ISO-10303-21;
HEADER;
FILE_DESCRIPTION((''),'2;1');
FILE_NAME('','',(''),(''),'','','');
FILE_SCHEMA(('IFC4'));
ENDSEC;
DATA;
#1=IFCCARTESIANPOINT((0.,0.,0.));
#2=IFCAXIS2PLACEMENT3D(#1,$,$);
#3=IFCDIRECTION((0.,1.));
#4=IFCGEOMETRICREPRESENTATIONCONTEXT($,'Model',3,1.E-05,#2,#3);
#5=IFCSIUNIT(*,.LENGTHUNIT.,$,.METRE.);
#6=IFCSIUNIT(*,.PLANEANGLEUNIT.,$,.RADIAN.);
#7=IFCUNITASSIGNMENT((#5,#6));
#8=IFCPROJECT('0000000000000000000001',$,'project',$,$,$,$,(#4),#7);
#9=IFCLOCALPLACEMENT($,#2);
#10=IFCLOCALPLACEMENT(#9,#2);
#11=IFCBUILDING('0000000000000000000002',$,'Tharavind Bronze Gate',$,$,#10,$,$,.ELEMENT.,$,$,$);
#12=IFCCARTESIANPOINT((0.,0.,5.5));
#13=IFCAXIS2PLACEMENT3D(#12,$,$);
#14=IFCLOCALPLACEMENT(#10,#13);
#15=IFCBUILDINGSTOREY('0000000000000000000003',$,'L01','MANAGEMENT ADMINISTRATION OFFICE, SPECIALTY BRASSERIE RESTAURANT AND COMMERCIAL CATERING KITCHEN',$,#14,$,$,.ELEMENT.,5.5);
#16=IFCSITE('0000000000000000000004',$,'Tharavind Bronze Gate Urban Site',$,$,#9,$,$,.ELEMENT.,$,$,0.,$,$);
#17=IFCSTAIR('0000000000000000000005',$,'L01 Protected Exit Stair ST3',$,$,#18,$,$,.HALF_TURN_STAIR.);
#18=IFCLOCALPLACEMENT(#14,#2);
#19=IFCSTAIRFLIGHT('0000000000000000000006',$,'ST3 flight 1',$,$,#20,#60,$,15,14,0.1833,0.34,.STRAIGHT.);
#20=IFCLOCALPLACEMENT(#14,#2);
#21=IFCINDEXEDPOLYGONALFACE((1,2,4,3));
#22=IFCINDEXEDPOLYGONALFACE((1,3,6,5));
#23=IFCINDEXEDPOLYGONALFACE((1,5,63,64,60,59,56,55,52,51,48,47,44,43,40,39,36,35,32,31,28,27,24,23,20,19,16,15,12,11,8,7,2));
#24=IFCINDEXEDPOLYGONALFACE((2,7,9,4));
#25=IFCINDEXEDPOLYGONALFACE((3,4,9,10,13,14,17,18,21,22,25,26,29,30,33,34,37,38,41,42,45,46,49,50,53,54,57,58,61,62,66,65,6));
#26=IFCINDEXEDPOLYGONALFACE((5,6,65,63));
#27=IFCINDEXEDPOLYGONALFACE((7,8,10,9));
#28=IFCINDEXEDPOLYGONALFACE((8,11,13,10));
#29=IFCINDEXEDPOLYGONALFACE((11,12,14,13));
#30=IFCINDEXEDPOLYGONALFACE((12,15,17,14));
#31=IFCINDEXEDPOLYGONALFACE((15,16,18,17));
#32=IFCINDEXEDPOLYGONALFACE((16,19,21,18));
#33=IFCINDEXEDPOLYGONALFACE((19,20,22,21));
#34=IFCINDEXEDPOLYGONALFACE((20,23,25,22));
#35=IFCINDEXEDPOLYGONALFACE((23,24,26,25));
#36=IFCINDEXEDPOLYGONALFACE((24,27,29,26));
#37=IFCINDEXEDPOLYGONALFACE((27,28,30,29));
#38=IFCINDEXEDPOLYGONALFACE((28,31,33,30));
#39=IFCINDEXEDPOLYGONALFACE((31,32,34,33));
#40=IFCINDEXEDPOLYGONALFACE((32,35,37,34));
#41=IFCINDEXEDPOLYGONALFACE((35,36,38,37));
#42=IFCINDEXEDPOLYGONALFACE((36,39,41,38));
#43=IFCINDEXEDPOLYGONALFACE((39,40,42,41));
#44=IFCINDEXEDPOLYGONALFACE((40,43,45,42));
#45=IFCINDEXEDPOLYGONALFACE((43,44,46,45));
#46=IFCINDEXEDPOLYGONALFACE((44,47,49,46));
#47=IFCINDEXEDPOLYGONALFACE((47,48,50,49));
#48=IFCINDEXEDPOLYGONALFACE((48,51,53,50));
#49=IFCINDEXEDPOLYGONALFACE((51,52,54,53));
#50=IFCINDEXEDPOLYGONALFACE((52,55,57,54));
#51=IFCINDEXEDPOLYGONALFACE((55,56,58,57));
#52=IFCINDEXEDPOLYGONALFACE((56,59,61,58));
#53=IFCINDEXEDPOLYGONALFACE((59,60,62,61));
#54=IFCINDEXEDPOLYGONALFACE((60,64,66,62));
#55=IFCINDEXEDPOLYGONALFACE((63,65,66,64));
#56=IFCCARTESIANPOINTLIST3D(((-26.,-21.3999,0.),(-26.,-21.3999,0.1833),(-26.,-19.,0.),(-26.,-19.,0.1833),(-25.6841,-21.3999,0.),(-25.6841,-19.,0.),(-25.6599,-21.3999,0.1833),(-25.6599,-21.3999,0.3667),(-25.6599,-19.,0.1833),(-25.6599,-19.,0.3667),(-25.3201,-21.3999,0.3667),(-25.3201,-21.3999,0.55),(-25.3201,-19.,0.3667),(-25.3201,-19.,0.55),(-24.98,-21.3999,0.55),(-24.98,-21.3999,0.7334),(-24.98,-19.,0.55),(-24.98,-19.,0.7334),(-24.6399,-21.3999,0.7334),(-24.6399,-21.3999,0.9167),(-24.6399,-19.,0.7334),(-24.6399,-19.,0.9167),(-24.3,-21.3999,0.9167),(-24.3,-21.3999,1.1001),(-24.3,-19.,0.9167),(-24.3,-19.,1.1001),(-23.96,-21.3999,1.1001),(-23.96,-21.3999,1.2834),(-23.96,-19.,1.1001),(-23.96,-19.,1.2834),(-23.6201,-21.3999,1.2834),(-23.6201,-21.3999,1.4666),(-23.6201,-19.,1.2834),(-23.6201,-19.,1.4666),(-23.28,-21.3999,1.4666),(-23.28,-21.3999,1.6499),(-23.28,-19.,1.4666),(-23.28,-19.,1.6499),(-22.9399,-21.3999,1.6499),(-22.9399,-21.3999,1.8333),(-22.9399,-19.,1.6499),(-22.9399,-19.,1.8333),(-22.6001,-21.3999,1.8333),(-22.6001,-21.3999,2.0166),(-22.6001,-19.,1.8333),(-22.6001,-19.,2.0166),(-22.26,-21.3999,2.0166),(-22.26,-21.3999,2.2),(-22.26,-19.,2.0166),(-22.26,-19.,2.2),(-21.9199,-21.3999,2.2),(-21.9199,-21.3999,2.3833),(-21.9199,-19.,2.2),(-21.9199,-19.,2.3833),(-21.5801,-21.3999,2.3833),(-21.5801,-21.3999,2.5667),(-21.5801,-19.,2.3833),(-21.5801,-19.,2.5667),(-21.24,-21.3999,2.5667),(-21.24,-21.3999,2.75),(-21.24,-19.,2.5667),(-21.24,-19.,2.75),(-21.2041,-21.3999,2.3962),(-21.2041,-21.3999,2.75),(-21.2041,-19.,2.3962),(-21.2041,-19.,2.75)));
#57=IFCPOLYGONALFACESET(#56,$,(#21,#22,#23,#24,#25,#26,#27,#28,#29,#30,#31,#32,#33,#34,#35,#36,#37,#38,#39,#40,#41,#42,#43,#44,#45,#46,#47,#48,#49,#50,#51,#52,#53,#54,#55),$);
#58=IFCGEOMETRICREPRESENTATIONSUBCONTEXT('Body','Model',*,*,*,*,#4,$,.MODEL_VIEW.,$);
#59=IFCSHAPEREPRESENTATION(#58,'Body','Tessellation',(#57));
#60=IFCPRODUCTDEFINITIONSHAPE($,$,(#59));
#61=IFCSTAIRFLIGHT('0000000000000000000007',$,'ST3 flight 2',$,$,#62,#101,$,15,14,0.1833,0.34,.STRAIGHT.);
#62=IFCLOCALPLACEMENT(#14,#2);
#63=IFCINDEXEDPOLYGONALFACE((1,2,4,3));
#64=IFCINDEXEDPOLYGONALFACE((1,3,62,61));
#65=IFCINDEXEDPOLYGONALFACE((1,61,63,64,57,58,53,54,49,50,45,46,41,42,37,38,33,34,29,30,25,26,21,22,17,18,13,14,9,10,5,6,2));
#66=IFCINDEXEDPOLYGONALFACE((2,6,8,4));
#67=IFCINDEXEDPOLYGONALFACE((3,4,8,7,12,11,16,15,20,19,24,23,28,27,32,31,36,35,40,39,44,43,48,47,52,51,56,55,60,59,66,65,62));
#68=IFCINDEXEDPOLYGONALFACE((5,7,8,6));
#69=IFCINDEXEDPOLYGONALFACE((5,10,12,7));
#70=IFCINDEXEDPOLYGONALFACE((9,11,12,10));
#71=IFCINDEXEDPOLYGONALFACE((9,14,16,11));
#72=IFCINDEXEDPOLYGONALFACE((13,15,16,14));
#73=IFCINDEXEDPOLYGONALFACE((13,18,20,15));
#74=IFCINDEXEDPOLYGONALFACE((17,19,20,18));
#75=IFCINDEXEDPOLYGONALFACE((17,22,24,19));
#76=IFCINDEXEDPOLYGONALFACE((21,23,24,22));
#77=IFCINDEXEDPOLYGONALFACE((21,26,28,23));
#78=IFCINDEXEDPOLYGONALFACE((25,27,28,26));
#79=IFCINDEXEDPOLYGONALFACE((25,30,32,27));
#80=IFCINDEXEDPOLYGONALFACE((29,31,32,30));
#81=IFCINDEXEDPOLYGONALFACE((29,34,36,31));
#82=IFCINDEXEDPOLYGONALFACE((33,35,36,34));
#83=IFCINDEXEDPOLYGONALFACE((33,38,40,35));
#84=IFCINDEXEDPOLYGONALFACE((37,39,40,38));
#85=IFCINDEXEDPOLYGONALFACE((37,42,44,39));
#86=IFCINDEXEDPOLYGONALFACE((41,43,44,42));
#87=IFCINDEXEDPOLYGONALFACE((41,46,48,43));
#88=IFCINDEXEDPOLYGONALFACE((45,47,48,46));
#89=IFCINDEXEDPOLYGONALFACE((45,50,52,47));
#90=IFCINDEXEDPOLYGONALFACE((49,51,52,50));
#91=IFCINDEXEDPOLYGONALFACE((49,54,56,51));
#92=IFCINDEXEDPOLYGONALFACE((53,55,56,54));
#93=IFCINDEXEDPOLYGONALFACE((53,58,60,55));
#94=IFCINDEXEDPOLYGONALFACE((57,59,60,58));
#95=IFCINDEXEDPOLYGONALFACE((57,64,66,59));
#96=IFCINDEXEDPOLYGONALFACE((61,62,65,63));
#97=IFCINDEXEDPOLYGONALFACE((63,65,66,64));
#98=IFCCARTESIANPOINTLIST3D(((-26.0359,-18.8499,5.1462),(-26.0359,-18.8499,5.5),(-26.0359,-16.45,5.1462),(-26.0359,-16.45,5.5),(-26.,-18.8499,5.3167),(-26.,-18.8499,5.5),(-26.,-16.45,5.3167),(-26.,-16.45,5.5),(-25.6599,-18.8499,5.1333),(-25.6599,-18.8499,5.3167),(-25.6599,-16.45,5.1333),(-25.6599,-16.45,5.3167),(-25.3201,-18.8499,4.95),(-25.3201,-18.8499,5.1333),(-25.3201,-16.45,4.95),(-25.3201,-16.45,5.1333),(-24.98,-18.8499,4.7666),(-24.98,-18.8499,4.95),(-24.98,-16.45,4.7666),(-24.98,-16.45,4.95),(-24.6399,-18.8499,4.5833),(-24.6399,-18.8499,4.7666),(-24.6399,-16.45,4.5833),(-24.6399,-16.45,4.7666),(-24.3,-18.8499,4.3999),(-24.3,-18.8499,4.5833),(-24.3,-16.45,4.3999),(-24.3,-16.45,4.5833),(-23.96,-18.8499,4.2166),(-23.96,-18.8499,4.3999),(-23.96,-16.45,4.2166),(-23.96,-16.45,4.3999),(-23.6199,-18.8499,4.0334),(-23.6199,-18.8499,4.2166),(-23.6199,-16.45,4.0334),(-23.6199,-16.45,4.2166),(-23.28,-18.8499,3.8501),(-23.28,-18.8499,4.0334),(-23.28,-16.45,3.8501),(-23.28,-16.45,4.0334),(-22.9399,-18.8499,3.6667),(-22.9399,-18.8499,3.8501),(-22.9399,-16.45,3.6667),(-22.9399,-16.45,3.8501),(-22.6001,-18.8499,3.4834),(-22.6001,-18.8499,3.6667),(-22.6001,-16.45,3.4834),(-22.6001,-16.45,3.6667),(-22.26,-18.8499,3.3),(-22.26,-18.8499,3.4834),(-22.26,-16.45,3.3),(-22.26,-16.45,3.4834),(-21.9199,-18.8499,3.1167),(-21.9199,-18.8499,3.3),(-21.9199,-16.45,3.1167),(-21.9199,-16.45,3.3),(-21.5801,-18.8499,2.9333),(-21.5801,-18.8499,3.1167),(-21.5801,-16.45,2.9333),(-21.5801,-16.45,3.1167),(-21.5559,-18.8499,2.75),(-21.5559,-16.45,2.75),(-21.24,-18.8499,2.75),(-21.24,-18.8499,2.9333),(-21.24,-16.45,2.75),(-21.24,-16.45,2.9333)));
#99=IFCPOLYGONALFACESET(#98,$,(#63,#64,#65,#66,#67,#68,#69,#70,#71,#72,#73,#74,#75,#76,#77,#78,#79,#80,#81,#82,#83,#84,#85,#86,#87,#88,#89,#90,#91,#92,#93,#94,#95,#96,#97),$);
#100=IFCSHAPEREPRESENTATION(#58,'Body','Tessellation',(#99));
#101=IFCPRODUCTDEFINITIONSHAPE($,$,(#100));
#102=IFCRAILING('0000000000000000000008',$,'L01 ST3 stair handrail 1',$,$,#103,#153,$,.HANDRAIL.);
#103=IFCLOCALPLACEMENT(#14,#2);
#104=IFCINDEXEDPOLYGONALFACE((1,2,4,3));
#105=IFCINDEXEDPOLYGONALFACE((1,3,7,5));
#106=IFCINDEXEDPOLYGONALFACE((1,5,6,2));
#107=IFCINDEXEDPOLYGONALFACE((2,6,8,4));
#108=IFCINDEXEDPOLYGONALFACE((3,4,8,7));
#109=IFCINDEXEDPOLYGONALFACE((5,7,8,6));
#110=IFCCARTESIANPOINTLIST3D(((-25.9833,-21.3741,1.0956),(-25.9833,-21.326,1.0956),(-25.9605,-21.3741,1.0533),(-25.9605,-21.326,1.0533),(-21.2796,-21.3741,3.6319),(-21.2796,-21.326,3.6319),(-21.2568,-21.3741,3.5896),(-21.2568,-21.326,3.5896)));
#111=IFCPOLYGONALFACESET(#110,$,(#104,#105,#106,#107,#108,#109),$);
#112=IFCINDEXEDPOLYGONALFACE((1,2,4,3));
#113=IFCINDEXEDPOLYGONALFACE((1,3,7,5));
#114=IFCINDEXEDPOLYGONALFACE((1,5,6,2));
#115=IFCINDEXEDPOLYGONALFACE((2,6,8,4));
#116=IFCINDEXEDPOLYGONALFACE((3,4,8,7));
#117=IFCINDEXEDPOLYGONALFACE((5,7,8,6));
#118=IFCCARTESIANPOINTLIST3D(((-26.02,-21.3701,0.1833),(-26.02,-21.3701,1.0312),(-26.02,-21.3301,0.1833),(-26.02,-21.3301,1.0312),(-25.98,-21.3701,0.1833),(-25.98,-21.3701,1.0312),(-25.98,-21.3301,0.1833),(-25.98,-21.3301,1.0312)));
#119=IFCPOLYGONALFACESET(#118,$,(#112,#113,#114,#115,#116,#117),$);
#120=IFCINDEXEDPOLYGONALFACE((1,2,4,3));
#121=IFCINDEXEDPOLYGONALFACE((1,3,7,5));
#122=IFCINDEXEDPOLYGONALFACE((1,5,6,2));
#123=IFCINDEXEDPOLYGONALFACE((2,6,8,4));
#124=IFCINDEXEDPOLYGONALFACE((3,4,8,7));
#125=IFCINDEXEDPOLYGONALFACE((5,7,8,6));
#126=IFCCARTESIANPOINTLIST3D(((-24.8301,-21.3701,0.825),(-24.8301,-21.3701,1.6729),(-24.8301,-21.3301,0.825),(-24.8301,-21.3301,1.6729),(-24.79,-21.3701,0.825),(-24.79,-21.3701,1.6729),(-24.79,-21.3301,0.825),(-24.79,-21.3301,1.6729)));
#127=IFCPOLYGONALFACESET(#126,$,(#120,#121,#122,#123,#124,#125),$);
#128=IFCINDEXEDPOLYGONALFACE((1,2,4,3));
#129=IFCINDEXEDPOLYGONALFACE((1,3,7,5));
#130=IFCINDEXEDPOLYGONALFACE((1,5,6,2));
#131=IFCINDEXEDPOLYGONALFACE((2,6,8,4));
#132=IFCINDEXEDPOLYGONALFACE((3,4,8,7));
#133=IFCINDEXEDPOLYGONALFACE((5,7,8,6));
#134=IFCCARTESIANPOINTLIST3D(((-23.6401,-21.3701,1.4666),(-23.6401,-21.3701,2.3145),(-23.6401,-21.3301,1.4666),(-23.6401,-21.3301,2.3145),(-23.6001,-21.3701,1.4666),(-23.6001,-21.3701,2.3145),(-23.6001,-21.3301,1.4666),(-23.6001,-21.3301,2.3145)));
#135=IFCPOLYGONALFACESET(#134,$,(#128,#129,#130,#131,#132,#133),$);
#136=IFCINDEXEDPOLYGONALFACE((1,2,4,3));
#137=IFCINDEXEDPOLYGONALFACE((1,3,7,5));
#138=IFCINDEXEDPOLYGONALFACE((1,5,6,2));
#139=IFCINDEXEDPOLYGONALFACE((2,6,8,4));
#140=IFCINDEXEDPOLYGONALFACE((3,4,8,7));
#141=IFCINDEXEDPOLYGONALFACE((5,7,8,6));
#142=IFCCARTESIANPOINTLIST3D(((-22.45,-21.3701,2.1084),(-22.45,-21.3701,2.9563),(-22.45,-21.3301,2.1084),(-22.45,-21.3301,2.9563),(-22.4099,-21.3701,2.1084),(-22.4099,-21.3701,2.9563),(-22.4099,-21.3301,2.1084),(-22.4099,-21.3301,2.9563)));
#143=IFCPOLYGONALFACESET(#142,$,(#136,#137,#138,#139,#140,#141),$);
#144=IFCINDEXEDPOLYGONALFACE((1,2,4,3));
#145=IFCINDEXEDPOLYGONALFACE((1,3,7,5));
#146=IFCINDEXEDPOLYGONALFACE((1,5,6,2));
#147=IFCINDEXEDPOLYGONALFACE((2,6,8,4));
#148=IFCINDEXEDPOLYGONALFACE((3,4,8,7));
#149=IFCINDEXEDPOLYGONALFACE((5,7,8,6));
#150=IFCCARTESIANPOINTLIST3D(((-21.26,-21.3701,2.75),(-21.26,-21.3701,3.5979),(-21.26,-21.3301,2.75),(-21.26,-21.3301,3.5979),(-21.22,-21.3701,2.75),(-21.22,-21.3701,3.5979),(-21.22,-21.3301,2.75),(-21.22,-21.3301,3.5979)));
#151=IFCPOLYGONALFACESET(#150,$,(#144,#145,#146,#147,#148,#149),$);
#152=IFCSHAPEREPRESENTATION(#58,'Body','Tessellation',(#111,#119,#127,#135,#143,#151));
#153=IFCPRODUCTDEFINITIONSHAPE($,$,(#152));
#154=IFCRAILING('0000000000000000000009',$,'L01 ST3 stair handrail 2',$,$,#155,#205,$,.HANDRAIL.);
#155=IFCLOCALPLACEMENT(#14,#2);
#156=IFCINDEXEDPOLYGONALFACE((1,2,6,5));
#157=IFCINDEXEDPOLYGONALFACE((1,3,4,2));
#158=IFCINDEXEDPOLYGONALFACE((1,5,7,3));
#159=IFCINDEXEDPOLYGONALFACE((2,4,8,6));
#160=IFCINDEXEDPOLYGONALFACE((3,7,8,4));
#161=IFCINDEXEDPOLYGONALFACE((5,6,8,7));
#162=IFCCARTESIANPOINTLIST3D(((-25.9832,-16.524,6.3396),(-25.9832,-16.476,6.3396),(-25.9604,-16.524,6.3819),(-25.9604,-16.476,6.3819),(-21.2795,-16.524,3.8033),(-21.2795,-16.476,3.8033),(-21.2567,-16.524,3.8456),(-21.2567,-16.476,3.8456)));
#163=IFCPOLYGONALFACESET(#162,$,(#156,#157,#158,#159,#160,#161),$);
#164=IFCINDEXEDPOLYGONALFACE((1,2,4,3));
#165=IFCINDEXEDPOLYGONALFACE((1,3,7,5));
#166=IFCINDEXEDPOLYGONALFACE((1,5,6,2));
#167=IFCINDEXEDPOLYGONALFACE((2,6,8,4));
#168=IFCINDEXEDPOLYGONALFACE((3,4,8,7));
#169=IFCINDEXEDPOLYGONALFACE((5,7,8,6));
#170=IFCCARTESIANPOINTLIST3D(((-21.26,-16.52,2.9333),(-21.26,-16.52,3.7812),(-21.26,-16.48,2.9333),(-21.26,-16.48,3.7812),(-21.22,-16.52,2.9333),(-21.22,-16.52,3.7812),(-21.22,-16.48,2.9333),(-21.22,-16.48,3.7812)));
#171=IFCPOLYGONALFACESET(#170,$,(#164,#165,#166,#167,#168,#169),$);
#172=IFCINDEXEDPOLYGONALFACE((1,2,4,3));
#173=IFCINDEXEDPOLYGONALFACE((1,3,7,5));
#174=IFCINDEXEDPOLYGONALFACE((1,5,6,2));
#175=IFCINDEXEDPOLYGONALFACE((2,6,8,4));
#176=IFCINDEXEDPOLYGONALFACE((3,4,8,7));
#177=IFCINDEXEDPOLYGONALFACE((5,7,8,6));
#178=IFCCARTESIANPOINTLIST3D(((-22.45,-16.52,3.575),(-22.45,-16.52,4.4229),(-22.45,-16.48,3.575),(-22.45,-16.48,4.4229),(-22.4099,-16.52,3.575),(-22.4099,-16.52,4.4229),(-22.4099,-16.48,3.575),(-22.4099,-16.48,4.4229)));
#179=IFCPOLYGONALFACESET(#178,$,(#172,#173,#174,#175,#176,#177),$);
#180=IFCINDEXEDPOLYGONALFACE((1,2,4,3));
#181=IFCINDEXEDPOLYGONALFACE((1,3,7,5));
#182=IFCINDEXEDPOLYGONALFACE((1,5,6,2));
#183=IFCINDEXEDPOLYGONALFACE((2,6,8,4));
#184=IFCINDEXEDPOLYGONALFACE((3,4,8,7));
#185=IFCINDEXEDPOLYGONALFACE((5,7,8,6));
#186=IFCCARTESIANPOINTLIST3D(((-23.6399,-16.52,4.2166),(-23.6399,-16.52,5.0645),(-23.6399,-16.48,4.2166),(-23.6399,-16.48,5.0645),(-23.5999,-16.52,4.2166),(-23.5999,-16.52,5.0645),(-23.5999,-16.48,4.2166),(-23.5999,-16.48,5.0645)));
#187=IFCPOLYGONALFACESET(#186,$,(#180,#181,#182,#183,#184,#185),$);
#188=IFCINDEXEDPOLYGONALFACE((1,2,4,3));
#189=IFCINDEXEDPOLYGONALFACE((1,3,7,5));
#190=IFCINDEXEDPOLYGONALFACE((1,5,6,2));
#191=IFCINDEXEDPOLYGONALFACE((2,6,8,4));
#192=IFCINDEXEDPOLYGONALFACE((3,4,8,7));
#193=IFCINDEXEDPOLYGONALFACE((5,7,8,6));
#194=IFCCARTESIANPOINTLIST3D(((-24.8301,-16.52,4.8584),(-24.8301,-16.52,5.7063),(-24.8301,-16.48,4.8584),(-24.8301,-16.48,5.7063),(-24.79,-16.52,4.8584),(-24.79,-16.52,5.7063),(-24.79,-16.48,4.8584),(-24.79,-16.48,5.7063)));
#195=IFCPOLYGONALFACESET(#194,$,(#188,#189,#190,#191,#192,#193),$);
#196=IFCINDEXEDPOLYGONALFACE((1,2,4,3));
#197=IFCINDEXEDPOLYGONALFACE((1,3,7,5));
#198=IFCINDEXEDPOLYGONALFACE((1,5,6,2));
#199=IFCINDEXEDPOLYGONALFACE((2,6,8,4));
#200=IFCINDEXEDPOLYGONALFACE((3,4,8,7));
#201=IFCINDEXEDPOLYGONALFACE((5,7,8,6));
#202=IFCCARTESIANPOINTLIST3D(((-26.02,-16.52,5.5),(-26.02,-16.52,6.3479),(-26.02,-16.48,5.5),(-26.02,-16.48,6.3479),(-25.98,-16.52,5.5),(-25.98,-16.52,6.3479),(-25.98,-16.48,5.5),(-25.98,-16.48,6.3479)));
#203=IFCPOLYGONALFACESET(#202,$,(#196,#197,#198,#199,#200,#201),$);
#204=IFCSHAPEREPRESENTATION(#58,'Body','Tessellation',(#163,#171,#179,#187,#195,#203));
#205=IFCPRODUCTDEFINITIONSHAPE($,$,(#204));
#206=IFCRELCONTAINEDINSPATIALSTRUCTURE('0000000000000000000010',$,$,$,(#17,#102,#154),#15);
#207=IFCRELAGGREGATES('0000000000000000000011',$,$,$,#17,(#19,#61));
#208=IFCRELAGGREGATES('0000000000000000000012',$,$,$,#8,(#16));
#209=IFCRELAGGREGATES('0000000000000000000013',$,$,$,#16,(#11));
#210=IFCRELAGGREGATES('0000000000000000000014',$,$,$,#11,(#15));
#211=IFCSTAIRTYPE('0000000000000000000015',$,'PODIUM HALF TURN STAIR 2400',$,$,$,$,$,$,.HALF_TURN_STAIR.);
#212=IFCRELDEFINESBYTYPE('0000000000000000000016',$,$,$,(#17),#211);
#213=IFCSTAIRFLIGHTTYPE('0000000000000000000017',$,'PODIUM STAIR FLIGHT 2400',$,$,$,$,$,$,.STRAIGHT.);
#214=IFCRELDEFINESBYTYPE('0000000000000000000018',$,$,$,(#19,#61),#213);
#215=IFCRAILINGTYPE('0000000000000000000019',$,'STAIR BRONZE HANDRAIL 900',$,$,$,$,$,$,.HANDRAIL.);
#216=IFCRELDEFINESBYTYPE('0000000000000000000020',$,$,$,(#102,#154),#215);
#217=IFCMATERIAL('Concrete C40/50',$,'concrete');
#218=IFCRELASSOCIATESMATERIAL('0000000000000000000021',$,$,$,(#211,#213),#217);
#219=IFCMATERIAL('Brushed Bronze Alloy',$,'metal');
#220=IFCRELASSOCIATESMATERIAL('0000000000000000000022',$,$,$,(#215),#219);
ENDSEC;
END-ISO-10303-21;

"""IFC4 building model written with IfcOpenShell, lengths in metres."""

from ifc_helpers import new_model, si_unit, direction, frame, origin, origin_2d, place, context, subcontext, project, spatial, polyline, rectangle, outline, extrude, material, type_object, element, aggregate, save


model = new_model("IFC4")

# Units and contexts
model_context = context("Model", 3, precision=1e-05, world=origin(), true_north=direction((0.0, 1.0)))
body_context = subcontext(model_context, "Body", "Model", "MODEL_VIEW")
ifc_project = project(units=[si_unit("LENGTHUNIT", "METRE"), si_unit("PLANEANGLEUNIT", "RADIAN")], contexts=[model_context])

# Site, building, storey
site_placement = place(None, origin())
site = spatial("IfcSite", under=ifc_project, at=site_placement, Name="Tharavind Bronze Gate Urban Site", CompositionType="ELEMENT", RefElevation=0.0)
building_placement = place(site_placement, origin())
building = spatial("IfcBuilding", under=site, at=building_placement, Name="Tharavind Bronze Gate", CompositionType="ELEMENT")
storey_placement = place(building_placement, frame((0.0, 0.0, 5.5)))
storey = spatial("IfcBuildingStorey", under=building, at=storey_placement, Name="L01", Description="MANAGEMENT ADMINISTRATION OFFICE, SPECIALTY BRASSERIE RESTAURANT AND COMMERCIAL CATERING KITCHEN", CompositionType="ELEMENT", Elevation=5.5)

# Stair, stair flights
ifc_material_1 = material(Name="Concrete C40/50", Category="concrete")
stair_type = type_object("IfcStairType", Name="PODIUM HALF TURN STAIR 2400", PredefinedType="HALF_TURN_STAIR", material=ifc_material_1)
stair_placement = place(storey_placement, origin())
stair = element("IfcStair", 1, at=stair_placement, inside=storey, type_object=stair_type, Name="L01 Protected Exit Stair ST3", PredefinedType="HALF_TURN_STAIR")
stair_flight_type = type_object("IfcStairFlightType", Name="PODIUM STAIR FLIGHT 2400", PredefinedType="STRAIGHT", material=ifc_material_1)
stair_flight_1_placement = place(storey_placement, frame((-26.0, -20.2, 0.0), z_axis=(0.0, 0.0, 1.0), x_axis=(1.0, 0.0, 0.0)))
stair_flight_1 = element("IfcStairFlight", 2, at=stair_flight_1_placement, type_object=stair_flight_type, Name="ST3 flight 1", NumberOfRisers=15, NumberOfTreads=14, PredefinedType="STRAIGHT", RiserHeight=0.1833, TreadLength=0.34, context=body_context, shape_type="SweptSolid", body=[
    extrude(outline(polyline([(0.0, 0.0), (0.0, 0.1833), (0.3401, 0.1833), (0.3401, 0.3667), (0.6799, 0.3667), (0.6799, 0.55), (1.02, 0.55), (1.02, 0.7334), (1.3601, 0.7334), (1.3601, 0.9167), (1.7, 0.9167), (1.7, 1.1001), (2.04, 1.1001), (2.04, 1.2834), (2.3799, 1.2834), (2.3799, 1.4666), (2.72, 1.4666), (2.72, 1.6499), (3.0601, 1.6499), (3.0601, 1.8333), (3.3999, 1.8333), (3.3999, 2.0166), (3.74, 2.0166), (3.74, 2.2), (4.0801, 2.2), (4.0801, 2.3833), (4.4199, 2.3833), (4.4199, 2.5667), (4.76, 2.5667), (4.76, 2.75), (4.7959, 2.75), (4.7959, 2.3962), (0.3159, 0.0), (0.0, 0.0)])), frame((0.0, 1.2, 0.0), z_axis=(0.0, -1.0, 0.0), x_axis=(1.0, 0.0, 0.0)), (0.0, 0.0, 1.0), 2.3999),
])
stair_flight_2_placement = place(storey_placement, frame((-21.24, -17.6499, 2.75), z_axis=(0.0, 0.0, 1.0), x_axis=(-1.0, 0.0, 0.0)))
stair_flight_2 = element("IfcStairFlight", 3, at=stair_flight_2_placement, type_object=stair_flight_type, Name="ST3 flight 2", NumberOfRisers=15, NumberOfTreads=14, PredefinedType="STRAIGHT", RiserHeight=0.1833, TreadLength=0.34, context=body_context, shape_type="SweptSolid", body=[
    extrude(outline(polyline([(0.0, 0.0), (0.0, 0.1833), (0.3401, 0.1833), (0.3401, 0.3667), (0.6799, 0.3667), (0.6799, 0.55), (1.02, 0.55), (1.02, 0.7334), (1.3601, 0.7334), (1.3601, 0.9167), (1.7, 0.9167), (1.7, 1.1001), (2.04, 1.1001), (2.04, 1.2834), (2.3799, 1.2834), (2.3799, 1.4666), (2.72, 1.4666), (2.72, 1.6499), (3.0601, 1.6499), (3.0601, 1.8333), (3.3999, 1.8333), (3.3999, 2.0166), (3.74, 2.0166), (3.74, 2.2), (4.0801, 2.2), (4.0801, 2.3833), (4.4199, 2.3833), (4.4199, 2.5667), (4.76, 2.5667), (4.76, 2.75), (4.7959, 2.75), (4.7959, 2.3962), (0.3159, 0.0), (0.0, 0.0)])), frame((0.0, 1.2, 0.0), z_axis=(0.0, -1.0, 0.0), x_axis=(1.0, 0.0, 0.0)), (0.0, 0.0, 1.0), 2.3999),
])
aggregate(stair, [stair_flight_1, stair_flight_2])

# Railings
ifc_material_2 = material(Name="Brushed Bronze Alloy", Category="metal")
railing_type_1 = type_object("IfcRailingType", Name="STAIR BRONZE HANDRAIL 900", PredefinedType="HANDRAIL", material=ifc_material_2)
railing_1_placement = place(storey_placement, frame((-26.0, -21.3501, 0.1833)))
element("IfcRailing", 4, at=railing_1_placement, inside=storey, type_object=railing_type_1, Name="L01 ST3 stair handrail 1", PredefinedType="HANDRAIL", context=body_context, shape_type="SweptSolid", body=[
    extrude(rectangle(XDim=0.0481, YDim=0.0481, at=origin_2d()), frame((0.0281, 0.0, 0.8911), z_axis=(0.880196, 0.0, 0.474611), x_axis=(0.0, 1.0, 0.0)), (0.0, 0.0, 1.0), 5.344),
    extrude(rectangle(XDim=0.04, YDim=0.04, at=origin_2d()), origin(), (0.0, 0.0, 1.0), 0.8479),
    extrude(rectangle(XDim=0.04, YDim=0.04, at=origin_2d()), frame((1.1899, 0.0, 0.6416)), (0.0, 0.0, 1.0), 0.8479),
    extrude(rectangle(XDim=0.04, YDim=0.04, at=origin_2d()), frame((2.3799, 0.0, 1.2832)), (0.0, 0.0, 1.0), 0.8479),
    extrude(rectangle(XDim=0.04, YDim=0.04, at=origin_2d()), frame((3.5701, 0.0, 1.925)), (0.0, 0.0, 1.0), 0.8479),
    extrude(rectangle(XDim=0.04, YDim=0.04, at=origin_2d()), frame((4.76, 0.0, 2.5667)), (0.0, 0.0, 1.0), 0.8479),
])
railing_2_placement = place(storey_placement, frame((-21.24, -16.5, 2.9333)))
element("IfcRailing", 5, at=railing_2_placement, inside=storey, type_object=railing_type_1, Name="L01 ST3 stair handrail 2", PredefinedType="HANDRAIL", context=body_context, shape_type="SweptSolid", body=[
    extrude(rectangle(XDim=0.0481, YDim=0.0481, at=origin_2d()), frame((-0.0281, 0.0, 0.8911), z_axis=(-0.880196, 0.0, 0.474611), x_axis=(0.0, -1.0, 0.0)), (0.0, 0.0, 1.0), 5.344),
    extrude(rectangle(XDim=0.04, YDim=0.04, at=origin_2d()), origin(), (0.0, 0.0, 1.0), 0.8479),
    extrude(rectangle(XDim=0.04, YDim=0.04, at=origin_2d()), frame((-1.1899, 0.0, 0.6416)), (0.0, 0.0, 1.0), 0.8479),
    extrude(rectangle(XDim=0.04, YDim=0.04, at=origin_2d()), frame((-2.3799, 0.0, 1.2832)), (0.0, 0.0, 1.0), 0.8479),
    extrude(rectangle(XDim=0.04, YDim=0.04, at=origin_2d()), frame((-3.5701, 0.0, 1.925)), (0.0, 0.0, 1.0), 0.8479),
    extrude(rectangle(XDim=0.04, YDim=0.04, at=origin_2d()), frame((-4.76, 0.0, 2.5667)), (0.0, 0.0, 1.0), 0.8479),
])

save(model, "model.ifc")
